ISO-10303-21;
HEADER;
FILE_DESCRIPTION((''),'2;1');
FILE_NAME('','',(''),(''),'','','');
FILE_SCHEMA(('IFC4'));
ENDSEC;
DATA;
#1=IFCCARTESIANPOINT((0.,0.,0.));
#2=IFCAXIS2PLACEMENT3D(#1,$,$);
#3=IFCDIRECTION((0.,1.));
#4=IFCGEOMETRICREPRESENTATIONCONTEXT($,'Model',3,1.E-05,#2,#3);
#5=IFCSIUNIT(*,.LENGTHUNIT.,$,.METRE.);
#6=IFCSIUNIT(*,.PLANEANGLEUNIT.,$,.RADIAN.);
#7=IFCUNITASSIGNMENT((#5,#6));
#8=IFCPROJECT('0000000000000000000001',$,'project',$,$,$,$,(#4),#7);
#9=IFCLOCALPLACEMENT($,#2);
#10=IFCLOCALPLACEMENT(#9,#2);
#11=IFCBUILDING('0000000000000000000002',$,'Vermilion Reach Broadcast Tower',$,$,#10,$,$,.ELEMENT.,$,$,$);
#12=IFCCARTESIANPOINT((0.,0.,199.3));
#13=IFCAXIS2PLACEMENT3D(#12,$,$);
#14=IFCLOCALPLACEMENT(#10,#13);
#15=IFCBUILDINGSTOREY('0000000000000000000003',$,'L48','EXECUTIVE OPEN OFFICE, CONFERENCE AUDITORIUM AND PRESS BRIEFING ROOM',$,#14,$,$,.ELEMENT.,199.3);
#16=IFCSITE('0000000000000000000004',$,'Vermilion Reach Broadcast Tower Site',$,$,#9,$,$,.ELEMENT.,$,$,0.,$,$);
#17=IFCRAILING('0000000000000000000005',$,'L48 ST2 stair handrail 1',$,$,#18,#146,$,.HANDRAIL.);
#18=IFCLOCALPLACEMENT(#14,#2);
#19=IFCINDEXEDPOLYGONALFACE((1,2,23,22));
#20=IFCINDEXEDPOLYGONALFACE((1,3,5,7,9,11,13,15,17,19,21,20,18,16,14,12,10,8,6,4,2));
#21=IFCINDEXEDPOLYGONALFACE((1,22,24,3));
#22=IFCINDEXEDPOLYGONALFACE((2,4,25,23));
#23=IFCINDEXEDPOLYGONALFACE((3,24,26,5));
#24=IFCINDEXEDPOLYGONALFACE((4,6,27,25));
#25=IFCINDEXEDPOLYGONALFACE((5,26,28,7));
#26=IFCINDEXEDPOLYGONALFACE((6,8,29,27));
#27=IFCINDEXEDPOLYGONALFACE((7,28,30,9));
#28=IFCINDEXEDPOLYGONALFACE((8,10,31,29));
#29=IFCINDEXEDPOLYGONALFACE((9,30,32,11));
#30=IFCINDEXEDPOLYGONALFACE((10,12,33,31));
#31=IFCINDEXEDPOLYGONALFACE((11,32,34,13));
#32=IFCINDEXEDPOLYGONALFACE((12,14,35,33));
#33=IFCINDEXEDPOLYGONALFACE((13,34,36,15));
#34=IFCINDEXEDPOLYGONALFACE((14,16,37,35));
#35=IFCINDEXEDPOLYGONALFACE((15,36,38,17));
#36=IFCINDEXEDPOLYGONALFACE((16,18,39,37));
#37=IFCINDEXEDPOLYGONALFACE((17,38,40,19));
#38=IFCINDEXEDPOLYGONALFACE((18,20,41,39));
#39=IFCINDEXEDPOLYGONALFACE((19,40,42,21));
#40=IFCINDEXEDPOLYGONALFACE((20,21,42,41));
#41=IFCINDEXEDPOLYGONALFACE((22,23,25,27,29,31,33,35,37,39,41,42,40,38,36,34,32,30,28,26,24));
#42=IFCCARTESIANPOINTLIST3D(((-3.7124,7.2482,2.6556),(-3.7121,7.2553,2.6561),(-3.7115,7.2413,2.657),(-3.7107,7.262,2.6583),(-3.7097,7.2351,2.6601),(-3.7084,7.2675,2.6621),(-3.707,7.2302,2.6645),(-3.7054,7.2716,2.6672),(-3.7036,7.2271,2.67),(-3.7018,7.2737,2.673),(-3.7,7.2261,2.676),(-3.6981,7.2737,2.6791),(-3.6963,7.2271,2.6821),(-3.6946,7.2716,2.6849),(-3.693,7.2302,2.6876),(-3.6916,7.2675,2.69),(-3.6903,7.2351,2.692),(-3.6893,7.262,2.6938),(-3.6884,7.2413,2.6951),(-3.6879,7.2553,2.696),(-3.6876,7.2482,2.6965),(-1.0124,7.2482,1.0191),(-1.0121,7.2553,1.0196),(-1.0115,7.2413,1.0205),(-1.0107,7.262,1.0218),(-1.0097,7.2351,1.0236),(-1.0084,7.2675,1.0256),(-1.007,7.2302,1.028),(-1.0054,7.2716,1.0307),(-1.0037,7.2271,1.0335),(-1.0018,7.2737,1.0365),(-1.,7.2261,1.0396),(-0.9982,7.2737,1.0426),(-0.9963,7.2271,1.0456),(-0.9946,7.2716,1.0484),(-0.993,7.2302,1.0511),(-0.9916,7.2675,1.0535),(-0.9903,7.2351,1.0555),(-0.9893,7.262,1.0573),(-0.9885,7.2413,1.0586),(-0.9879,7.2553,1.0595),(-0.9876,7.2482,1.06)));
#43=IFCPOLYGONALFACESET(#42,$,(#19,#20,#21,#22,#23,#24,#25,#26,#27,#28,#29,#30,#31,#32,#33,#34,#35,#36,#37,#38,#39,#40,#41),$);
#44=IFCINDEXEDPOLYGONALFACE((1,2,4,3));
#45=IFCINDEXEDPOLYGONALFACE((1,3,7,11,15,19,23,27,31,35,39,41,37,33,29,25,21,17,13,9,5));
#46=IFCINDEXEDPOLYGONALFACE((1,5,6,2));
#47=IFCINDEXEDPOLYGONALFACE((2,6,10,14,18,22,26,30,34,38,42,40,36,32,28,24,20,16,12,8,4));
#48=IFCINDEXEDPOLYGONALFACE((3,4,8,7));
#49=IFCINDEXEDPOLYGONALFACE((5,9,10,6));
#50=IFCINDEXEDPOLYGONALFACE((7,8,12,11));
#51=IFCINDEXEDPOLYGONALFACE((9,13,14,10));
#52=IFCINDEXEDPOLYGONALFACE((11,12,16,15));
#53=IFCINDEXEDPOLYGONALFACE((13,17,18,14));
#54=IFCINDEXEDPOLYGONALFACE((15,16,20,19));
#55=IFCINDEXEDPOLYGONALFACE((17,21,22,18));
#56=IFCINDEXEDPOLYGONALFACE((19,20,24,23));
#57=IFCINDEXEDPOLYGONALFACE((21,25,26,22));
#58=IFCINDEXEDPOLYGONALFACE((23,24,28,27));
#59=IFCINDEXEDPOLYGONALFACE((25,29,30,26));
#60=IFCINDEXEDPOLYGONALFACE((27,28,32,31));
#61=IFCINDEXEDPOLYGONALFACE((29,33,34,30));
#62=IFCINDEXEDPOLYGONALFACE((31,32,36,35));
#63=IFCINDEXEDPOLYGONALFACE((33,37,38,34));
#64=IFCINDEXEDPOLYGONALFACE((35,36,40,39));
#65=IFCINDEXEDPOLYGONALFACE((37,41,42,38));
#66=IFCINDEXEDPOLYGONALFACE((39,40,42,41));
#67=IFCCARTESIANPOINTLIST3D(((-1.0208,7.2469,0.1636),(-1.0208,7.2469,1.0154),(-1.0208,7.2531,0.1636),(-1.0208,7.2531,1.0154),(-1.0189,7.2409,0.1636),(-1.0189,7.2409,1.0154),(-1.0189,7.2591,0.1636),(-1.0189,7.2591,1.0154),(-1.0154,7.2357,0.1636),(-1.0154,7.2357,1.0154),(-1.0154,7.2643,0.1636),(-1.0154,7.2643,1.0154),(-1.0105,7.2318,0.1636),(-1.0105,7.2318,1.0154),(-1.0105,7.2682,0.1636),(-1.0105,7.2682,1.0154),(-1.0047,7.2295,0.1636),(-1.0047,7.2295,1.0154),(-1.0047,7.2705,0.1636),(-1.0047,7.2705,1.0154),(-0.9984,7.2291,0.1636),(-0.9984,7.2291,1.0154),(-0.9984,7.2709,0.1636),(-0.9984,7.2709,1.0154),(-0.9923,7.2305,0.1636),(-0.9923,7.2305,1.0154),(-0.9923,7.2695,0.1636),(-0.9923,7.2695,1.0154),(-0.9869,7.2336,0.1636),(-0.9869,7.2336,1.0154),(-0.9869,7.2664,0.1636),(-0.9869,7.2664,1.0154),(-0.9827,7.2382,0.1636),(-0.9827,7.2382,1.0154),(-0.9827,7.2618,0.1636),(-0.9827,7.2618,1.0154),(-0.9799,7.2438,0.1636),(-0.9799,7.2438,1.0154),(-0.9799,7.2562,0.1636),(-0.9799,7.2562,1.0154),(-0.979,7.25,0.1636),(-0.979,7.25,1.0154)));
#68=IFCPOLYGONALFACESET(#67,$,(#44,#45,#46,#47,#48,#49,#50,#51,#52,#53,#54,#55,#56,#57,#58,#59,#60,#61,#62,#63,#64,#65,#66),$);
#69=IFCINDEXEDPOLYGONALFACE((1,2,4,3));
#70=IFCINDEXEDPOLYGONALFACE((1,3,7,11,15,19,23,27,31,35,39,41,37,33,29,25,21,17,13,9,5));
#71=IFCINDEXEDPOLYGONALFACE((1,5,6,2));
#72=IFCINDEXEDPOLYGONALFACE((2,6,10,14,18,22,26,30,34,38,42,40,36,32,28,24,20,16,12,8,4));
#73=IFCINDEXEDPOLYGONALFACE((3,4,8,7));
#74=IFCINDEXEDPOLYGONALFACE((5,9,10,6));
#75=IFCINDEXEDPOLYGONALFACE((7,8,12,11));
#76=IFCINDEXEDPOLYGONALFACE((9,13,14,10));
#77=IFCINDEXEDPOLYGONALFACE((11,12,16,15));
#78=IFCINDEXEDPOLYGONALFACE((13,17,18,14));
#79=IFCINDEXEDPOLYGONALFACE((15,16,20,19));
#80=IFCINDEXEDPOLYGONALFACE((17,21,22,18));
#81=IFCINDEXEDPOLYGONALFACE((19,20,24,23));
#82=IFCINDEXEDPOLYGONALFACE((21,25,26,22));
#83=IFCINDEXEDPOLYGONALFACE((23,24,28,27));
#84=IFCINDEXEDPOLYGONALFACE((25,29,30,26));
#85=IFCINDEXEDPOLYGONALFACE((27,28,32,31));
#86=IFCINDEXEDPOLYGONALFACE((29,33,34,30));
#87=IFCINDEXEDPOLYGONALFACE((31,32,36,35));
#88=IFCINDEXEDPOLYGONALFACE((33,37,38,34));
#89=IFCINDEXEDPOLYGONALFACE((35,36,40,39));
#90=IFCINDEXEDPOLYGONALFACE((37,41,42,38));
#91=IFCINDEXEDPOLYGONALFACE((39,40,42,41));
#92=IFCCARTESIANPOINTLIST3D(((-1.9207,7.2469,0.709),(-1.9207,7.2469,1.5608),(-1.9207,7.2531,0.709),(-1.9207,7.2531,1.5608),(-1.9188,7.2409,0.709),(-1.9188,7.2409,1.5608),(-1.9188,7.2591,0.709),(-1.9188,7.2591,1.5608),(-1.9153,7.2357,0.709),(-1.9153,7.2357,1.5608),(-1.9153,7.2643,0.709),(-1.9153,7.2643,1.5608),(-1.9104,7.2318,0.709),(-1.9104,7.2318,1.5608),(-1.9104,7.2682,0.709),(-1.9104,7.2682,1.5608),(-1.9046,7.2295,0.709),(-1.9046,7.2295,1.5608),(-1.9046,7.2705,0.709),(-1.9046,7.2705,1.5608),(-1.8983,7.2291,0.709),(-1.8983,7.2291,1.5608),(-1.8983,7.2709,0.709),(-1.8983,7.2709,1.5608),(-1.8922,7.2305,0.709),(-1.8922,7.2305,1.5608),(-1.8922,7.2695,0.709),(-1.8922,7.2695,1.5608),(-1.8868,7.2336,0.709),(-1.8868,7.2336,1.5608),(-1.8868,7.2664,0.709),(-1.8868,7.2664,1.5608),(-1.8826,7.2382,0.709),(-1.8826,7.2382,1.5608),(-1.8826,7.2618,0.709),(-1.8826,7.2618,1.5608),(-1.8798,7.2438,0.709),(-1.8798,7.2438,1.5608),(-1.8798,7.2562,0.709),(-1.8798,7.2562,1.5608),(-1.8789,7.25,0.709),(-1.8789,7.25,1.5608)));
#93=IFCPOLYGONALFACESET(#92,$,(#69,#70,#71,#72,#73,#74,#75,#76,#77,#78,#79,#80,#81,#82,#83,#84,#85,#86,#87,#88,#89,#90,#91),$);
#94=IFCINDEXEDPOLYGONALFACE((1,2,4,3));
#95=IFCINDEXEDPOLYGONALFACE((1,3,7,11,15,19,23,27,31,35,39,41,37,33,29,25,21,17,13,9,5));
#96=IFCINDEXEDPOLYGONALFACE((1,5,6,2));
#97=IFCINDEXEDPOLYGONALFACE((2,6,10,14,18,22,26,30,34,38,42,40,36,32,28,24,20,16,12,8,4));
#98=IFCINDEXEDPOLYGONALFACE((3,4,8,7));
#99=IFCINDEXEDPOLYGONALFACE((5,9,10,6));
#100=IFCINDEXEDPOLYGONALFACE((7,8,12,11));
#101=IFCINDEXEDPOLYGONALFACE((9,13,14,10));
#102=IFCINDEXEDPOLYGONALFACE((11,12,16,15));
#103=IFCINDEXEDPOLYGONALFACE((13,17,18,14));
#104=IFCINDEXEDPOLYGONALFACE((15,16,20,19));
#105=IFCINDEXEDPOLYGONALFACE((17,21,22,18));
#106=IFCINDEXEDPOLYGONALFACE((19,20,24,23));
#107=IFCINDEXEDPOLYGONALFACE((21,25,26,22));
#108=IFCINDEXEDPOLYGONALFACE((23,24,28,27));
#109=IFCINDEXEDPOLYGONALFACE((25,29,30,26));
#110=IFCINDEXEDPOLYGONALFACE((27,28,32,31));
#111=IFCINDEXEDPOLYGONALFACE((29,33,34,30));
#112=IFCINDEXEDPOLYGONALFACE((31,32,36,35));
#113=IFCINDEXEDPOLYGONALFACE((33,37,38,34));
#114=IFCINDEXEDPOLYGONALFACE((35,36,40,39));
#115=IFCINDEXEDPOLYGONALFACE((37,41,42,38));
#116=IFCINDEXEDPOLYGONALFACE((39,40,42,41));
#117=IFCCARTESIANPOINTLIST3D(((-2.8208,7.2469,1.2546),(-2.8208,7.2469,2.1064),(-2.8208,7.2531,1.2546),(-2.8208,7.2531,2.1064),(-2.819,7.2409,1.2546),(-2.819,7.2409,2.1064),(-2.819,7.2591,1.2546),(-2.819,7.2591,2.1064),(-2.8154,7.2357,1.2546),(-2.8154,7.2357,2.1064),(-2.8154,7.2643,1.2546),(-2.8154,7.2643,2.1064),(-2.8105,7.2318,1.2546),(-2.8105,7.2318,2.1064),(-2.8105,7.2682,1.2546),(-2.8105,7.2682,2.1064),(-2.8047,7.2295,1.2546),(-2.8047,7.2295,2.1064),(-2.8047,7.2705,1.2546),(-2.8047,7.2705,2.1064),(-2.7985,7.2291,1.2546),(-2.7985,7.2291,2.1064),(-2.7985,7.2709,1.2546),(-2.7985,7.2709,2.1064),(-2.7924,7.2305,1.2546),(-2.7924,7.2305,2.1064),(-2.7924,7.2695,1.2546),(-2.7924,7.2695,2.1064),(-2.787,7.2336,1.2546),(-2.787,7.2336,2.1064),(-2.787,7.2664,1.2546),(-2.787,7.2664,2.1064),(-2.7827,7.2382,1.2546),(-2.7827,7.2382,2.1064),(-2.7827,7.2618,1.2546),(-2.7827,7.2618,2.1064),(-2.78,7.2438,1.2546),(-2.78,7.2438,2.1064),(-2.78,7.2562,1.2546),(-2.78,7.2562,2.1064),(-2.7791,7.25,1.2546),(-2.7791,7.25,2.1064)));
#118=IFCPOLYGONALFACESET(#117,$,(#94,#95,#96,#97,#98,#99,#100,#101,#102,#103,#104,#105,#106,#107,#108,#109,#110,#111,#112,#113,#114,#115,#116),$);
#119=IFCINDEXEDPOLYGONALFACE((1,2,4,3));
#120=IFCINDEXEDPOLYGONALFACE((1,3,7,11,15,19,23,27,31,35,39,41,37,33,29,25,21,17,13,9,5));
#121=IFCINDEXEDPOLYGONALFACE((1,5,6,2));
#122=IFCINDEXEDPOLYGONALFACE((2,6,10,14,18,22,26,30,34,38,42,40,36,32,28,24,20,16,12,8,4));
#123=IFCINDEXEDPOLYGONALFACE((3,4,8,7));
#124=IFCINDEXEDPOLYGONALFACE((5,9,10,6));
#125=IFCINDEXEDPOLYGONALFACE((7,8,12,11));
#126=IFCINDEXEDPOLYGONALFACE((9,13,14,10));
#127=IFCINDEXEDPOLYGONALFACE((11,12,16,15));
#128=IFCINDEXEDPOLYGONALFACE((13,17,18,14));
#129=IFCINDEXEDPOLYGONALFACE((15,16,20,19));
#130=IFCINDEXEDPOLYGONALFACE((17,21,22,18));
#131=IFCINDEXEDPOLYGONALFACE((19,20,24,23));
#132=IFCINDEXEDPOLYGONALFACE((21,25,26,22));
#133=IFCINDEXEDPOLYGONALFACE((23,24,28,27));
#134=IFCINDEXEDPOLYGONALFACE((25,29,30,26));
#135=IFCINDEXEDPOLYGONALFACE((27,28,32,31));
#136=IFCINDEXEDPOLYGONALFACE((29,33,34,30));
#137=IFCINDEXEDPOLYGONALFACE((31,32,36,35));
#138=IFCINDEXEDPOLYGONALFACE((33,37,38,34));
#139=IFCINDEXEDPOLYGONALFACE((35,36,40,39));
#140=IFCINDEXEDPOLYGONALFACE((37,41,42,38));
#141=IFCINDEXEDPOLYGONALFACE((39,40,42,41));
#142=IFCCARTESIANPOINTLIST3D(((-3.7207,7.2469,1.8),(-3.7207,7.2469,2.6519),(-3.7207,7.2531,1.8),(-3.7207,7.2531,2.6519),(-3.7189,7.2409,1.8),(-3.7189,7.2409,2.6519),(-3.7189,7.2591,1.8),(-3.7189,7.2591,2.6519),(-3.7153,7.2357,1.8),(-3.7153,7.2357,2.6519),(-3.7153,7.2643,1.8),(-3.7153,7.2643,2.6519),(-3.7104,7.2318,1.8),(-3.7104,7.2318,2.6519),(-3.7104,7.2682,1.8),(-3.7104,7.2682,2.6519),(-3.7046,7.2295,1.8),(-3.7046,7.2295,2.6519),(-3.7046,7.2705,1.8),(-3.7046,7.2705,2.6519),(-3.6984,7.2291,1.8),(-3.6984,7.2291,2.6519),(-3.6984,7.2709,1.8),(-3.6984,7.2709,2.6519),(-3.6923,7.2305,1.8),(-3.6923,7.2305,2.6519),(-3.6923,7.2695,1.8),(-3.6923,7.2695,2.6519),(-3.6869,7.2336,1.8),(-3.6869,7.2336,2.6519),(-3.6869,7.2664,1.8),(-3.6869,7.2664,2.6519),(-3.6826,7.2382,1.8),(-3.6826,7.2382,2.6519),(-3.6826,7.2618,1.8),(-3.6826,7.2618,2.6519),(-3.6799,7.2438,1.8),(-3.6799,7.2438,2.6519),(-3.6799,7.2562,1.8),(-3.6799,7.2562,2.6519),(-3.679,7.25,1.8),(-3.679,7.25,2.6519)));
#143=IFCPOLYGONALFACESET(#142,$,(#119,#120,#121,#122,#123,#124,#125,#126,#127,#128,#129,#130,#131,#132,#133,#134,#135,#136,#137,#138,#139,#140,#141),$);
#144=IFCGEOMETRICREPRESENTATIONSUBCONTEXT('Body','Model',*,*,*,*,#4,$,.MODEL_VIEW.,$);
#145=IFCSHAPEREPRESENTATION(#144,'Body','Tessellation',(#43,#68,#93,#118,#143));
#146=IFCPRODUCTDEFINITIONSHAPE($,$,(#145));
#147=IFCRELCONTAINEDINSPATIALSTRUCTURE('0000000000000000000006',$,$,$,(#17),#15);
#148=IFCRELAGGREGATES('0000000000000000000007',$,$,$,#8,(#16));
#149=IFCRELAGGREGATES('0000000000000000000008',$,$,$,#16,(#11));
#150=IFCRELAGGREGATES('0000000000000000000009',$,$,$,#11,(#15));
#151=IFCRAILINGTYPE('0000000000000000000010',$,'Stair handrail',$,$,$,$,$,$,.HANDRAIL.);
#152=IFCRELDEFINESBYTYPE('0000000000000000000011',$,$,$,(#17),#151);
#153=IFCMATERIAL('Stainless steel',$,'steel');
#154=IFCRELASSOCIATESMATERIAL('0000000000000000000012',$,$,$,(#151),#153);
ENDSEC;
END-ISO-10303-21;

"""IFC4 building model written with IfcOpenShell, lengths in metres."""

from ifc_helpers import new_model, si_unit, direction, frame, origin, origin_2d, place, context, subcontext, project, spatial, circle, extrude, material, type_object, element, save


model = new_model("IFC4")

# Units and contexts
model_context = context("Model", 3, precision=1e-05, world=origin(), true_north=direction((0.0, 1.0)))
body_context = subcontext(model_context, "Body", "Model", "MODEL_VIEW")
ifc_project = project(units=[si_unit("LENGTHUNIT", "METRE"), si_unit("PLANEANGLEUNIT", "RADIAN")], contexts=[model_context])

# Site, building, storey
site_placement = place(None, origin())
site = spatial("IfcSite", under=ifc_project, at=site_placement, Name="Vermilion Reach Broadcast Tower Site", CompositionType="ELEMENT", RefElevation=0.0)
building_placement = place(site_placement, origin())
building = spatial("IfcBuilding", under=site, at=building_placement, Name="Vermilion Reach Broadcast Tower", CompositionType="ELEMENT")
storey_placement = place(building_placement, frame((0.0, 0.0, 199.3)))
storey = spatial("IfcBuildingStorey", under=building, at=storey_placement, Name="L48", Description="EXECUTIVE OPEN OFFICE, CONFERENCE AUDITORIUM AND PRESS BRIEFING ROOM", CompositionType="ELEMENT", Elevation=199.3)

# Railing
ifc_material_1 = material(Name="Stainless steel", Category="steel")
railing_type_1 = type_object("IfcRailingType", Name="Stair handrail", PredefinedType="HANDRAIL", material=ifc_material_1)
railing_1_placement = place(storey_placement, frame((-1.0, 7.25, 0.1636)))
element("IfcRailing", 1, at=railing_1_placement, inside=storey, type_object=railing_type_1, Name="L48 ST2 stair handrail 1", PredefinedType="HANDRAIL", context=body_context, shape_type="SweptSolid", body=[
    extrude(circle(Radius=0.0239, at=origin_2d()), frame((0.0, 0.0, 0.876), z_axis=(-0.855178, 0.0, 0.518334), x_axis=(0.0, -1.0, 0.0)), (0.0, 0.0, 1.0), 3.1572),
    extrude(circle(Radius=0.021, at=origin_2d()), origin(), (0.0, 0.0, 1.0), 0.8518),
    extrude(circle(Radius=0.021, at=origin_2d()), frame((-0.8999, 0.0, 0.5454)), (0.0, 0.0, 1.0), 0.8518),
    extrude(circle(Radius=0.021, at=origin_2d()), frame((-1.8, 0.0, 1.0911)), (0.0, 0.0, 1.0), 0.8518),
    extrude(circle(Radius=0.021, at=origin_2d()), frame((-2.7, 0.0, 1.6365)), (0.0, 0.0, 1.0), 0.8518),
])

save(model, "model.ifc")
